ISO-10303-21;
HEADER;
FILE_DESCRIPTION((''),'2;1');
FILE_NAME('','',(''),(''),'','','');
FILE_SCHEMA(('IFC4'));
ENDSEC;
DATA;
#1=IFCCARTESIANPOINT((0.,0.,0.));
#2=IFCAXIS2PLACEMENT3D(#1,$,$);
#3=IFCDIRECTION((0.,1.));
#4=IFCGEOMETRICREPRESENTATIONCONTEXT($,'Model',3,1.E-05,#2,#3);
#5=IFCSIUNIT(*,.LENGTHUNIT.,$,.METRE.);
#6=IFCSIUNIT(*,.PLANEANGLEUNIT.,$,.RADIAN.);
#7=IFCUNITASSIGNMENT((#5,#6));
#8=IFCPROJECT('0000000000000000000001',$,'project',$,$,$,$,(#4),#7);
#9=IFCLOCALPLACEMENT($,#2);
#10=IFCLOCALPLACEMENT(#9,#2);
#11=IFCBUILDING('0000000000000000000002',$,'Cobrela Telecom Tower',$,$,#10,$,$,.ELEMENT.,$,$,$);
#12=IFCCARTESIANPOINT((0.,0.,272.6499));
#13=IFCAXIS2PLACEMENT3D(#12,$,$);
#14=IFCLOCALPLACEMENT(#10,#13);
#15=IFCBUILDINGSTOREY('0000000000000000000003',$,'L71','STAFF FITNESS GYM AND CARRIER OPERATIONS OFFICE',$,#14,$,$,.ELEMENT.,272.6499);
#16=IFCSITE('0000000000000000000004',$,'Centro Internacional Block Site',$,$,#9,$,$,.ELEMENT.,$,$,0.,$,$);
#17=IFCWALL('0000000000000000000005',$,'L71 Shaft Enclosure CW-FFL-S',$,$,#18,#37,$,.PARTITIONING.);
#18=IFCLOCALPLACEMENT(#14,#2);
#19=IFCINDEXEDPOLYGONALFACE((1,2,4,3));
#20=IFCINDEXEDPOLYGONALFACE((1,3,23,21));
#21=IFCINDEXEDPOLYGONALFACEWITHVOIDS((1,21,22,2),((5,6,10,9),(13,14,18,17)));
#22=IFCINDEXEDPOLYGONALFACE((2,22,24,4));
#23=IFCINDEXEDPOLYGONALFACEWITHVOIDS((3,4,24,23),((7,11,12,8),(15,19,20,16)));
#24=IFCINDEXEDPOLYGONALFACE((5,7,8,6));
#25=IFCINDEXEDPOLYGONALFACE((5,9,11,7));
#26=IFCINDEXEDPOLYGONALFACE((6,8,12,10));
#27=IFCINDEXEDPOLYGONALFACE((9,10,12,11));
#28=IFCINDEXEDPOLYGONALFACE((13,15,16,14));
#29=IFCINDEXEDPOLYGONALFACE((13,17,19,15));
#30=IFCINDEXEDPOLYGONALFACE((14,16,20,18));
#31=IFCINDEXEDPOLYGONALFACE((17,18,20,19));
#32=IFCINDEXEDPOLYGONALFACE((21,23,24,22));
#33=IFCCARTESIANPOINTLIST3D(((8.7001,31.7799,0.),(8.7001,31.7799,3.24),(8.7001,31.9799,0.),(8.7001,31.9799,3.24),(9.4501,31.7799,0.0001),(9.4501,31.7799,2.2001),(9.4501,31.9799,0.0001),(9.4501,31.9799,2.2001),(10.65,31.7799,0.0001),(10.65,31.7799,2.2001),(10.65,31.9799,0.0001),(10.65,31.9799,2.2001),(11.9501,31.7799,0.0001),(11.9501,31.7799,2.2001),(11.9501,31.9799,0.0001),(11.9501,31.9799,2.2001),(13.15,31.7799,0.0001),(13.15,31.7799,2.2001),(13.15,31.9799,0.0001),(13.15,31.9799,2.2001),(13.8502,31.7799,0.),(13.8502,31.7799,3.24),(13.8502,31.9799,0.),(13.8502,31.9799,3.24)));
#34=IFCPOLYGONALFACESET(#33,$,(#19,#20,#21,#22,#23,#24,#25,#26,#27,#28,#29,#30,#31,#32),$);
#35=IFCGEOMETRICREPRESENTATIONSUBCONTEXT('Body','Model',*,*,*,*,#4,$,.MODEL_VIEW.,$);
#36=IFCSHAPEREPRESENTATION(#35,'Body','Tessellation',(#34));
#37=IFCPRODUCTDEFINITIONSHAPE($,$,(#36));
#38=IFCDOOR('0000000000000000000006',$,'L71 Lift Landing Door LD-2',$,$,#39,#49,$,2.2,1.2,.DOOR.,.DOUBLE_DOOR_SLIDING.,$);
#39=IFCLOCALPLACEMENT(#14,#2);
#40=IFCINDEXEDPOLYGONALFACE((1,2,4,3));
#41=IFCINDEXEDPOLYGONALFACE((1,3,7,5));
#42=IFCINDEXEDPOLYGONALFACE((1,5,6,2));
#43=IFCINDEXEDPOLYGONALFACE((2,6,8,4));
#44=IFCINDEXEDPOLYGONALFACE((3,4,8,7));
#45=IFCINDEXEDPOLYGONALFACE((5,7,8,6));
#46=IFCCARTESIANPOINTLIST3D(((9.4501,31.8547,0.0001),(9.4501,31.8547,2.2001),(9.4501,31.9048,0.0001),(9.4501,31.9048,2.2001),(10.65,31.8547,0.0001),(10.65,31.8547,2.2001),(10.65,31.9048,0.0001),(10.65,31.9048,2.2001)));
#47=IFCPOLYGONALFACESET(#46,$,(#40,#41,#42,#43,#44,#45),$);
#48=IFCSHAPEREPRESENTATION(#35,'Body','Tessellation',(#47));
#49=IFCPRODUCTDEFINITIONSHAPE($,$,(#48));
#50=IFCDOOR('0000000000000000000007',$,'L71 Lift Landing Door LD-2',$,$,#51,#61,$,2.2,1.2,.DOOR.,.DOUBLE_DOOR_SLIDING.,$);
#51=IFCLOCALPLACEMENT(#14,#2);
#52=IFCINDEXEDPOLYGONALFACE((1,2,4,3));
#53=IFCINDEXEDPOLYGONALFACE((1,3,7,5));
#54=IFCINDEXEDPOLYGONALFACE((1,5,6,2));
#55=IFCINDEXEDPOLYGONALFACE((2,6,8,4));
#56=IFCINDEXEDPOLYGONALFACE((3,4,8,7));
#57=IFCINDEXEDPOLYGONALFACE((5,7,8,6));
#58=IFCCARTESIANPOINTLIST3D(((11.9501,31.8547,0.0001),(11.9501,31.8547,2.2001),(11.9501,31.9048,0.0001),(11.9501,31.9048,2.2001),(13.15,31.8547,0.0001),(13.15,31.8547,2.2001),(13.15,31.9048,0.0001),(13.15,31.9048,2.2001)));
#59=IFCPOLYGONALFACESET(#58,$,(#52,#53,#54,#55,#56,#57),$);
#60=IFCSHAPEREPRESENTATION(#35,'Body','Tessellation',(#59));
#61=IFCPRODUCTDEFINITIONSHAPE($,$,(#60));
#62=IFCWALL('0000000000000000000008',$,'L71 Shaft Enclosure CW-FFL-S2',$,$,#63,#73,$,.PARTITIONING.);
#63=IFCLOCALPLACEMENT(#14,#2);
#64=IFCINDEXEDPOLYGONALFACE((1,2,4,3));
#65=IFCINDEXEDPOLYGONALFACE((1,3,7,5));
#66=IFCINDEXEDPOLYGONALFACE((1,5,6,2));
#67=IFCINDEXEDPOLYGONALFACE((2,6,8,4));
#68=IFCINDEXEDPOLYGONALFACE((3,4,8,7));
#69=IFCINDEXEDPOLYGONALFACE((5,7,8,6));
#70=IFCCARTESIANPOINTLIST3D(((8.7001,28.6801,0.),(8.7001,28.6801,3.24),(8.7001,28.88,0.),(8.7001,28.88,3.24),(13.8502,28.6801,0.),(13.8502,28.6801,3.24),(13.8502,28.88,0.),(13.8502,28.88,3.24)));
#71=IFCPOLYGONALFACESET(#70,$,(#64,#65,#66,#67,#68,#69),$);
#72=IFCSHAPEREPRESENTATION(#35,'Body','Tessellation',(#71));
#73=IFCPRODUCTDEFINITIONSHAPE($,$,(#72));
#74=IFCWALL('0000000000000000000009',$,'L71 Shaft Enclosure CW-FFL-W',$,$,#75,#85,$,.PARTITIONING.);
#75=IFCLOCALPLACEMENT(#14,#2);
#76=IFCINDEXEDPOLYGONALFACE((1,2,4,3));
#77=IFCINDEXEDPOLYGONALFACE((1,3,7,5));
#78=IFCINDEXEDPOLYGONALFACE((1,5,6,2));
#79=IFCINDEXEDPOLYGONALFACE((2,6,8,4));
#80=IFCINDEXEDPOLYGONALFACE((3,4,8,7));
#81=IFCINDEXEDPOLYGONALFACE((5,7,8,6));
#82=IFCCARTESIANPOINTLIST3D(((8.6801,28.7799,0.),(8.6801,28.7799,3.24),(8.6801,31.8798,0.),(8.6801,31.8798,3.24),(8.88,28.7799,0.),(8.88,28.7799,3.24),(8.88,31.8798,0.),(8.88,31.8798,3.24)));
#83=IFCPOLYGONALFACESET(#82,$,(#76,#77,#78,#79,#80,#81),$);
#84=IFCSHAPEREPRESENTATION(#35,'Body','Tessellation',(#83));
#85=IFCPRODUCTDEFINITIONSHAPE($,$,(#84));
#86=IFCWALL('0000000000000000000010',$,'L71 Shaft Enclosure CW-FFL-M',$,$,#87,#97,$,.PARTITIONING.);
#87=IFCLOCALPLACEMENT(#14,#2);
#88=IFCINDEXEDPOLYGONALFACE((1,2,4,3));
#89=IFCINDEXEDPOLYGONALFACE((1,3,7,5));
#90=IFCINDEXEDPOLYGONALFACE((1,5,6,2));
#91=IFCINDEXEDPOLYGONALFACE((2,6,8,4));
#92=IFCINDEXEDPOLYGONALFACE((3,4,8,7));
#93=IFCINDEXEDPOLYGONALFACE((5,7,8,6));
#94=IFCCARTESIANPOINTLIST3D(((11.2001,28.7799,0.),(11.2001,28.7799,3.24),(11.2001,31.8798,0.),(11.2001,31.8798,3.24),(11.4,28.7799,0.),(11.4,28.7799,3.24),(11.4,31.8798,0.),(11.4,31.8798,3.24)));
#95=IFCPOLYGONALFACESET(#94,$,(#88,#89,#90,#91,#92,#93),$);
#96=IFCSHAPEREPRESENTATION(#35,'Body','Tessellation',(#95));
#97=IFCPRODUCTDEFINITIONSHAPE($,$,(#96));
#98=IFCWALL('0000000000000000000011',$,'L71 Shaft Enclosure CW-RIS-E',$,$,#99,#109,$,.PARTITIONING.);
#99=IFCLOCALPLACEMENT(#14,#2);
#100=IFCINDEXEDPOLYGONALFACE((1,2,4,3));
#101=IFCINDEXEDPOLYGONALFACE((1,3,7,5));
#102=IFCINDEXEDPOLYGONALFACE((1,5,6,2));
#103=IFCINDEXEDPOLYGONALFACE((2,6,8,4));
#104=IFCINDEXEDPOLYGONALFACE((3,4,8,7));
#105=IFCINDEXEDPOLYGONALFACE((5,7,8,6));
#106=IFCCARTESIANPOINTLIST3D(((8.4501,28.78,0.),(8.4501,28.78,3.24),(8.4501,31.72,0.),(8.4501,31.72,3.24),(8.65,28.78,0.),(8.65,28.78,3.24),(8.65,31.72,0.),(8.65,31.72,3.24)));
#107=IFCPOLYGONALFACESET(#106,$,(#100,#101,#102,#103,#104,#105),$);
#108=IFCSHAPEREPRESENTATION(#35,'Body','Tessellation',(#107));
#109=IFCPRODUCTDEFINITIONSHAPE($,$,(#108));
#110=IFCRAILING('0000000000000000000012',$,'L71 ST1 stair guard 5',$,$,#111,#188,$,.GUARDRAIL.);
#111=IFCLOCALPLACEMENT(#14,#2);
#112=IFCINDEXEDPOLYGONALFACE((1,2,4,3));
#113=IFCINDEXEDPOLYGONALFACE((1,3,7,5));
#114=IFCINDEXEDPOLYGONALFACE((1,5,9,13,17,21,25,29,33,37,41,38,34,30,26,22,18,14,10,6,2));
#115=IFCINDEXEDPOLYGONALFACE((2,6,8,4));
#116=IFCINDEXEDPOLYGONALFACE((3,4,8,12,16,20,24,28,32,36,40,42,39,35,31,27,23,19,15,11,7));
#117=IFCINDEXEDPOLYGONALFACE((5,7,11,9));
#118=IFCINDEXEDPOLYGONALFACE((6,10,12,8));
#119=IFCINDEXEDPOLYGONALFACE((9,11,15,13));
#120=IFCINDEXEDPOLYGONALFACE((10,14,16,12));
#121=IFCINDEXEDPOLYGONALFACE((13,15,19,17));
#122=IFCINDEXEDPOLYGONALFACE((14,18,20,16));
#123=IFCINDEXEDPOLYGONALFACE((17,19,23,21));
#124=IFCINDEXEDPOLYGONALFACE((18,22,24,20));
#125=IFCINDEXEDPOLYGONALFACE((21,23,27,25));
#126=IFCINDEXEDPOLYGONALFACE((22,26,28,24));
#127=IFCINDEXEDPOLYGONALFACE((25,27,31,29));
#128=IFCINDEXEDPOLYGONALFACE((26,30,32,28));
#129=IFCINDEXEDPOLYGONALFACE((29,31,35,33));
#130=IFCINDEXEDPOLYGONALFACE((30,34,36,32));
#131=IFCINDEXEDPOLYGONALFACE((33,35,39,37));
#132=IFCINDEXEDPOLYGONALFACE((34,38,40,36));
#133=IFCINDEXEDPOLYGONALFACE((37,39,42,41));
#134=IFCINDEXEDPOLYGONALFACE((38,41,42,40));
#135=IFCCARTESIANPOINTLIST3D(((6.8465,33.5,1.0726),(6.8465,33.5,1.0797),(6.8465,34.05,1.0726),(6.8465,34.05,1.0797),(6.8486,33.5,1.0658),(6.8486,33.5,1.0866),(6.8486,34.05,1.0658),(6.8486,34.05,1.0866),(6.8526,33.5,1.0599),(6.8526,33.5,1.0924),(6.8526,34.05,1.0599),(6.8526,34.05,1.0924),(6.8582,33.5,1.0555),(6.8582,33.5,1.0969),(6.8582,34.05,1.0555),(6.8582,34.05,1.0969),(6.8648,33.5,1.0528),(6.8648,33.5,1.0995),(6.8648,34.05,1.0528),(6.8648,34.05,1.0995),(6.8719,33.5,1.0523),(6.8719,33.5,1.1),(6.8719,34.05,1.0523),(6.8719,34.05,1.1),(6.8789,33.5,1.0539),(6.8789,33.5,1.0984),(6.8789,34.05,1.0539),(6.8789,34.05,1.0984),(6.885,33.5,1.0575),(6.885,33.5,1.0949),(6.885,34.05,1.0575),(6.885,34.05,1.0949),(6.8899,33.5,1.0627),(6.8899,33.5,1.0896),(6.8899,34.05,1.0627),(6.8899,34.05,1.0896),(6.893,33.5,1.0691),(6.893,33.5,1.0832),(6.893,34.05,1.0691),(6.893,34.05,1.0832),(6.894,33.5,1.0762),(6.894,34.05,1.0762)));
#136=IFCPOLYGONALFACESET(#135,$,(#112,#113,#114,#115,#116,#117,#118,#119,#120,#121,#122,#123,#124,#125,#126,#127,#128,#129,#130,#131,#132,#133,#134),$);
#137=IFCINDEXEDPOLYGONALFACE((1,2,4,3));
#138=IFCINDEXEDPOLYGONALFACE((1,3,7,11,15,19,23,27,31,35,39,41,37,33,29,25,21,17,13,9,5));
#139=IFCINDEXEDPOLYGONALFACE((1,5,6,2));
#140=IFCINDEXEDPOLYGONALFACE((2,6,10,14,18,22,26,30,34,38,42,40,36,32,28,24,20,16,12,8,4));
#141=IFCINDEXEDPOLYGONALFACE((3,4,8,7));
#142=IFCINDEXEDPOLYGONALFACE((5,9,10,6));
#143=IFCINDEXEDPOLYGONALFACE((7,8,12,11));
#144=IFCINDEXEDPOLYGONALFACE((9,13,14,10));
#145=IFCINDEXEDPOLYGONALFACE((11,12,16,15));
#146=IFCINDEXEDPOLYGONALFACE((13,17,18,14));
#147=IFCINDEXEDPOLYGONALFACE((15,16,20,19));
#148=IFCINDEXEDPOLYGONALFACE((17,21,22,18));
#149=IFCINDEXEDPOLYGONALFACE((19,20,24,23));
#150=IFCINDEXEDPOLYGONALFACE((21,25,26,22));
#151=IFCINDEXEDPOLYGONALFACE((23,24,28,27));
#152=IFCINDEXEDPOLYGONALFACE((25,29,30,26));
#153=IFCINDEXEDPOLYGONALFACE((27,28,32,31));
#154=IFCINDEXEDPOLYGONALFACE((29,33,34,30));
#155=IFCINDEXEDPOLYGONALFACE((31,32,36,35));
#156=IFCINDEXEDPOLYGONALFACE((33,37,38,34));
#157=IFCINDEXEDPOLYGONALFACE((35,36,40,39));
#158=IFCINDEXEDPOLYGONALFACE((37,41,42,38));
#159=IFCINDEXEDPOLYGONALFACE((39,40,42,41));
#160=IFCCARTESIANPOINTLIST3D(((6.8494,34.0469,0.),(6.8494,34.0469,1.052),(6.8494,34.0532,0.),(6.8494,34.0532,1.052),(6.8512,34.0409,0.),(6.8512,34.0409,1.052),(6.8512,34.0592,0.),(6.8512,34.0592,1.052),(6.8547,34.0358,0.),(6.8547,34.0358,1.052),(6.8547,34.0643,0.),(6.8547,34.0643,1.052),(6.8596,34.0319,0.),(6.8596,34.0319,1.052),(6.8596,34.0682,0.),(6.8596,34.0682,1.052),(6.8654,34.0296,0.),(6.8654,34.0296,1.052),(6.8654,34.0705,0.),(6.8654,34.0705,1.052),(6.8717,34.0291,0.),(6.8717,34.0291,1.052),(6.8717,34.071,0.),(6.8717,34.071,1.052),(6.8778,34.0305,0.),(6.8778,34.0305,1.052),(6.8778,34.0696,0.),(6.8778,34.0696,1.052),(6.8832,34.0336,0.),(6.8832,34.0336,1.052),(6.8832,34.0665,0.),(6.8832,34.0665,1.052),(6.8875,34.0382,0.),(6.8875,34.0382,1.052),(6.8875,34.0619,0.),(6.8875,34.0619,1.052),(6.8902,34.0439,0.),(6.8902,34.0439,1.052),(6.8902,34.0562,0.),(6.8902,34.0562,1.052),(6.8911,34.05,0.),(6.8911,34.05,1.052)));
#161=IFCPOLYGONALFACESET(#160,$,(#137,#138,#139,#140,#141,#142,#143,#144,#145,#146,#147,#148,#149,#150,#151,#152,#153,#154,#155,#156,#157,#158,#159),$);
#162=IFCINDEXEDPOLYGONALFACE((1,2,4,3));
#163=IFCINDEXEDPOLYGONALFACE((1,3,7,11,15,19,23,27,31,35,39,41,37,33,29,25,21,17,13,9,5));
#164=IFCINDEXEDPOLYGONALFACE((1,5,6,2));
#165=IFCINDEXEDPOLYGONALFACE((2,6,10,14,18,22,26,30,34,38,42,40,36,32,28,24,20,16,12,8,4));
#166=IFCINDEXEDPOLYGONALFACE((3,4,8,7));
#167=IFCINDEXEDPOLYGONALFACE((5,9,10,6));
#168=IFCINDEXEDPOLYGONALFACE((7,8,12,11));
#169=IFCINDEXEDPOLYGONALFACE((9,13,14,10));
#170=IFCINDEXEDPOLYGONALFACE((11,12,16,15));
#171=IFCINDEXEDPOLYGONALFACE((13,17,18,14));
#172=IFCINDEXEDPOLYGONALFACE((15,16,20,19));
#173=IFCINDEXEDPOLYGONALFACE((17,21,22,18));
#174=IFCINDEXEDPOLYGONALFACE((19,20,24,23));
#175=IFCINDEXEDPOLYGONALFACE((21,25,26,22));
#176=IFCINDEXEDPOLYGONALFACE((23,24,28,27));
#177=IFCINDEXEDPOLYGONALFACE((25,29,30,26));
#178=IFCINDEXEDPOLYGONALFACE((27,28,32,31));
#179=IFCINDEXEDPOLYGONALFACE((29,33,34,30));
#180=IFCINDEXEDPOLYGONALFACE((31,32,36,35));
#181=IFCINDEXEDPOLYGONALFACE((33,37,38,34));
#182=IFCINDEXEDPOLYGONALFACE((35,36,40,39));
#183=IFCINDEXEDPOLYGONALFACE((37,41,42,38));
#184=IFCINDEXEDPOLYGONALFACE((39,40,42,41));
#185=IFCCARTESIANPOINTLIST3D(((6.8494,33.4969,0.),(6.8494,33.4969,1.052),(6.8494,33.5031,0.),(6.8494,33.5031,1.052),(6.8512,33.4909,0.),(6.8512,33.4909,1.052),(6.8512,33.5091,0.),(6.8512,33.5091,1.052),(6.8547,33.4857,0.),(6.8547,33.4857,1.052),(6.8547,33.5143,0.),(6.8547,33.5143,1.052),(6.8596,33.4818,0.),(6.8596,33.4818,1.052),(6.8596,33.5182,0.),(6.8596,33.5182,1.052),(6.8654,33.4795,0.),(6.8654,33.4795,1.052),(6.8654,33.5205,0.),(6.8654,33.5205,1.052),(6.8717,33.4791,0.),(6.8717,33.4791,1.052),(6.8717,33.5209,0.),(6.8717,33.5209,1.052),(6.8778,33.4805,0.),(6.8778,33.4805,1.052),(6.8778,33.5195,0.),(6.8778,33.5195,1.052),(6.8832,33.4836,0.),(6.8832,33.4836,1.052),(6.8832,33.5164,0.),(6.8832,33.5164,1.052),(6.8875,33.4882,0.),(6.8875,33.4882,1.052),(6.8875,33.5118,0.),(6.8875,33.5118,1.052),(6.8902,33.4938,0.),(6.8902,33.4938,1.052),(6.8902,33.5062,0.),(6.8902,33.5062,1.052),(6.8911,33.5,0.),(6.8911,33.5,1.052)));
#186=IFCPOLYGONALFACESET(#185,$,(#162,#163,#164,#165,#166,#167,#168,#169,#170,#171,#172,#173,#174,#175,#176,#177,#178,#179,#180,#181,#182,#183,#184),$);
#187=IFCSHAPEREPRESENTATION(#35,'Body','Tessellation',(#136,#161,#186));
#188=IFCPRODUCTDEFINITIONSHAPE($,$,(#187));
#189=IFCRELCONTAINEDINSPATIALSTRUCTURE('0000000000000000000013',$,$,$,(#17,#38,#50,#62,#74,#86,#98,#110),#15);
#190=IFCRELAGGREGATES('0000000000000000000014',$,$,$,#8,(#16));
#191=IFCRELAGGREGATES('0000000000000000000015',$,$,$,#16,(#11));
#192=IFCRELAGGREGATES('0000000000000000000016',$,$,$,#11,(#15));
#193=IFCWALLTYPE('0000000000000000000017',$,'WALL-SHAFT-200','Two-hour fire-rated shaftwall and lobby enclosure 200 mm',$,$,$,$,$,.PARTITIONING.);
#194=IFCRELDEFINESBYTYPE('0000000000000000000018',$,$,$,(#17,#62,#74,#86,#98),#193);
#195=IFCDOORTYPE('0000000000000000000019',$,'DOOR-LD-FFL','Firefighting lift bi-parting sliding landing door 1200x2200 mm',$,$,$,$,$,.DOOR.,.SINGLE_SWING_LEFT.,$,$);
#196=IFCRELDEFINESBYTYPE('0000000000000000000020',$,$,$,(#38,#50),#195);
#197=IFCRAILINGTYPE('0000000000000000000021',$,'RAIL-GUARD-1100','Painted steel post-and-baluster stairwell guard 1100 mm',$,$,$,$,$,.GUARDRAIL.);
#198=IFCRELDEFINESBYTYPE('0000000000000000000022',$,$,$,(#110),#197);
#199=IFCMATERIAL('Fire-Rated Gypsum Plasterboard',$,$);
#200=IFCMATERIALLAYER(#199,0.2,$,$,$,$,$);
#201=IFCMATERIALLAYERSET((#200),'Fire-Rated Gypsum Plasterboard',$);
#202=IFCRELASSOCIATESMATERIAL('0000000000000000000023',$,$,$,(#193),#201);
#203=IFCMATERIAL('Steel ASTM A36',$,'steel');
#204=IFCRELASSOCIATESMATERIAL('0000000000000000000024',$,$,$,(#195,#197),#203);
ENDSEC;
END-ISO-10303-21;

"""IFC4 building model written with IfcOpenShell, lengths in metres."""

from ifc_helpers import new_model, si_unit, direction, frame, frame_2d, origin, origin_2d, place, context, subcontext, project, spatial, rectangle, circle, extrude, material, layer, layer_set, type_object, element, fill, save


model = new_model("IFC4")

# Units and contexts
model_context = context("Model", 3, precision=1e-05, world=origin(), true_north=direction((0.0, 1.0)))
body_context = subcontext(model_context, "Body", "Model", "MODEL_VIEW")
ifc_project = project(units=[si_unit("LENGTHUNIT", "METRE"), si_unit("PLANEANGLEUNIT", "RADIAN")], contexts=[model_context])

# Site, building, storey
site_placement = place(None, origin())
site = spatial("IfcSite", under=ifc_project, at=site_placement, Name="Centro Internacional Block Site", CompositionType="ELEMENT", RefElevation=0.0)
building_placement = place(site_placement, origin())
building = spatial("IfcBuilding", under=site, at=building_placement, Name="Cobrela Telecom Tower", CompositionType="ELEMENT")
storey_placement = place(building_placement, frame((0.0, 0.0, 272.6499)))
storey = spatial("IfcBuildingStorey", under=building, at=storey_placement, Name="L71", Description="STAFF FITNESS GYM AND CARRIER OPERATIONS OFFICE", CompositionType="ELEMENT", Elevation=272.6499)

# Wall, openings, doors
ifc_material_1 = material(Name="Steel ASTM A36", Category="steel")
ifc_material_2 = material(Name="Fire-Rated Gypsum Plasterboard")
ifc_layer_1 = layer(ifc_material_2, 0.2)
ifc_layer_set_1 = layer_set([ifc_layer_1], Name="Fire-Rated Gypsum Plasterboard")
wall_type_1 = type_object("IfcWallType", Name="WALL-SHAFT-200", Description="Two-hour fire-rated shaftwall and lobby enclosure 200 mm", PredefinedType="PARTITIONING", material=ifc_layer_set_1)
wall_1_placement = place(storey_placement, frame((8.7, 31.8799, 0.0), z_axis=(0.0, 0.0, 1.0), x_axis=(1.0, 0.0, 0.0)))
wall_1 = element("IfcWall", 1, at=wall_1_placement, inside=storey, type_object=wall_type_1, Name="L71 Shaft Enclosure CW-FFL-S", PredefinedType="PARTITIONING", context=body_context, shape_type="SweptSolid", body=[
    extrude(rectangle(XDim=5.1501, YDim=0.2, at=frame_2d((2.5752, 0.0))), origin(), (0.0, 0.0, 1.0), 3.24),
])
opening_1_placement = place(wall_1_placement, frame((0.75, 0.0, 0.0)))
opening_1 = element("IfcOpeningElement", 2, at=opening_1_placement, cuts=wall_1, PredefinedType="OPENING", context=body_context, shape_type="SweptSolid", body=[
    extrude(rectangle(XDim=1.2, YDim=2.2, at=frame_2d((0.6001, 1.1001))), frame((0.0, 0.1118, 0.0), z_axis=(0.0, -1.0, 0.0), x_axis=(1.0, 0.0, 0.0)), (0.0, 0.0, 1.0), 0.2239),
])
opening_2_placement = place(wall_1_placement, frame((3.25, 0.0, 0.0)))
opening_2 = element("IfcOpeningElement", 3, at=opening_2_placement, cuts=wall_1, PredefinedType="OPENING", context=body_context, shape_type="SweptSolid", body=[
    extrude(rectangle(XDim=1.2, YDim=2.2, at=frame_2d((0.6001, 1.1001))), frame((0.0, 0.1118, 0.0), z_axis=(0.0, -1.0, 0.0), x_axis=(1.0, 0.0, 0.0)), (0.0, 0.0, 1.0), 0.2239),
])
door_type_1 = type_object("IfcDoorType", Name="DOOR-LD-FFL", Description="Firefighting lift bi-parting sliding landing door 1200x2200 mm", OperationType="SINGLE_SWING_LEFT", PredefinedType="DOOR", material=ifc_material_1)
door_1_placement = place(opening_1_placement, origin())
door_1 = element("IfcDoor", 4, at=door_1_placement, inside=storey, type_object=door_type_1, Name="L71 Lift Landing Door LD-2", OperationType="DOUBLE_DOOR_SLIDING", OverallHeight=2.2, OverallWidth=1.2, PredefinedType="DOOR", context=body_context, shape_type="SweptSolid", body=[
    extrude(rectangle(XDim=1.2, YDim=2.2, at=frame_2d((0.6001, 1.1001))), frame((0.0, 0.0249, 0.0), z_axis=(0.0, -1.0, 0.0), x_axis=(1.0, 0.0, 0.0)), (0.0, 0.0, 1.0), 0.05),
])
fill(opening_1, door_1)
door_2_placement = place(opening_2_placement, origin())
door_2 = element("IfcDoor", 5, at=door_2_placement, inside=storey, type_object=door_type_1, Name="L71 Lift Landing Door LD-2", OperationType="DOUBLE_DOOR_SLIDING", OverallHeight=2.2, OverallWidth=1.2, PredefinedType="DOOR", context=body_context, shape_type="SweptSolid", body=[
    extrude(rectangle(XDim=1.2, YDim=2.2, at=frame_2d((0.6001, 1.1001))), frame((0.0, 0.0249, 0.0), z_axis=(0.0, -1.0, 0.0), x_axis=(1.0, 0.0, 0.0)), (0.0, 0.0, 1.0), 0.05),
])
fill(opening_2, door_2)

# Walls
wall_2_placement = place(storey_placement, frame((8.7, 28.78, 0.0), z_axis=(0.0, 0.0, 1.0), x_axis=(1.0, 0.0, 0.0)))
element("IfcWall", 6, at=wall_2_placement, inside=storey, type_object=wall_type_1, Name="L71 Shaft Enclosure CW-FFL-S2", PredefinedType="PARTITIONING", context=body_context, shape_type="SweptSolid", body=[
    extrude(rectangle(XDim=5.1501, YDim=0.2, at=frame_2d((2.5752, 0.0))), origin(), (0.0, 0.0, 1.0), 3.24),
])
for number, where, z_axis, x_axis, name in (
    (7, (8.78, 28.78, 0.0), (0.0, 0.0, 1.0), (0.0, 1.0, 0.0), "L71 Shaft Enclosure CW-FFL-W"),
    (8, (11.3, 28.78, 0.0), (0.0, 0.0, 1.0), (0.0, 1.0, 0.0), "L71 Shaft Enclosure CW-FFL-M"),
):
    element("IfcWall", number, at=place(storey_placement, frame(where, z_axis=z_axis, x_axis=x_axis)), inside=storey, type_object=wall_type_1, Name=name, PredefinedType="PARTITIONING", context=body_context, shape_type="SweptSolid", body=[
        extrude(rectangle(XDim=3.0999, YDim=0.2, at=frame_2d((1.5498, 0.0))), origin(), (0.0, 0.0, 1.0), 3.24),
    ])
wall_3_placement = place(storey_placement, frame((8.55, 28.78, 0.0), z_axis=(0.0, 0.0, 1.0), x_axis=(0.0, 1.0, 0.0)))
element("IfcWall", 9, at=wall_3_placement, inside=storey, type_object=wall_type_1, Name="L71 Shaft Enclosure CW-RIS-E", PredefinedType="PARTITIONING", context=body_context, shape_type="SweptSolid", body=[
    extrude(rectangle(XDim=2.9399, YDim=0.2, at=frame_2d((1.47, 0.0))), origin(), (0.0, 0.0, 1.0), 3.24),
])

# Railing
railing_type = type_object("IfcRailingType", Name="RAIL-GUARD-1100", Description="Painted steel post-and-baluster stairwell guard 1100 mm", PredefinedType="GUARDRAIL", material=ifc_material_1)
railing_placement = place(storey_placement, frame((6.8701, 34.05, 0.0)))
element("IfcRailing", 10, at=railing_placement, inside=storey, type_object=railing_type, Name="L71 ST1 stair guard 5", PredefinedType="GUARDRAIL", context=body_context, shape_type="SweptSolid", body=[
    extrude(circle(Radius=0.0239, at=origin_2d()), frame((0.0, 0.0, 1.0762), z_axis=(0.0, -1.0, 0.0), x_axis=(1.0, 0.0, 0.0)), (0.0, 0.0, 1.0), 0.55),
    extrude(circle(Radius=0.021, at=origin_2d()), origin(), (0.0, 0.0, 1.0), 1.052),
    extrude(circle(Radius=0.021, at=origin_2d()), frame((0.0, -0.55, 0.0)), (0.0, 0.0, 1.0), 1.052),
])

save(model, "model.ifc")
